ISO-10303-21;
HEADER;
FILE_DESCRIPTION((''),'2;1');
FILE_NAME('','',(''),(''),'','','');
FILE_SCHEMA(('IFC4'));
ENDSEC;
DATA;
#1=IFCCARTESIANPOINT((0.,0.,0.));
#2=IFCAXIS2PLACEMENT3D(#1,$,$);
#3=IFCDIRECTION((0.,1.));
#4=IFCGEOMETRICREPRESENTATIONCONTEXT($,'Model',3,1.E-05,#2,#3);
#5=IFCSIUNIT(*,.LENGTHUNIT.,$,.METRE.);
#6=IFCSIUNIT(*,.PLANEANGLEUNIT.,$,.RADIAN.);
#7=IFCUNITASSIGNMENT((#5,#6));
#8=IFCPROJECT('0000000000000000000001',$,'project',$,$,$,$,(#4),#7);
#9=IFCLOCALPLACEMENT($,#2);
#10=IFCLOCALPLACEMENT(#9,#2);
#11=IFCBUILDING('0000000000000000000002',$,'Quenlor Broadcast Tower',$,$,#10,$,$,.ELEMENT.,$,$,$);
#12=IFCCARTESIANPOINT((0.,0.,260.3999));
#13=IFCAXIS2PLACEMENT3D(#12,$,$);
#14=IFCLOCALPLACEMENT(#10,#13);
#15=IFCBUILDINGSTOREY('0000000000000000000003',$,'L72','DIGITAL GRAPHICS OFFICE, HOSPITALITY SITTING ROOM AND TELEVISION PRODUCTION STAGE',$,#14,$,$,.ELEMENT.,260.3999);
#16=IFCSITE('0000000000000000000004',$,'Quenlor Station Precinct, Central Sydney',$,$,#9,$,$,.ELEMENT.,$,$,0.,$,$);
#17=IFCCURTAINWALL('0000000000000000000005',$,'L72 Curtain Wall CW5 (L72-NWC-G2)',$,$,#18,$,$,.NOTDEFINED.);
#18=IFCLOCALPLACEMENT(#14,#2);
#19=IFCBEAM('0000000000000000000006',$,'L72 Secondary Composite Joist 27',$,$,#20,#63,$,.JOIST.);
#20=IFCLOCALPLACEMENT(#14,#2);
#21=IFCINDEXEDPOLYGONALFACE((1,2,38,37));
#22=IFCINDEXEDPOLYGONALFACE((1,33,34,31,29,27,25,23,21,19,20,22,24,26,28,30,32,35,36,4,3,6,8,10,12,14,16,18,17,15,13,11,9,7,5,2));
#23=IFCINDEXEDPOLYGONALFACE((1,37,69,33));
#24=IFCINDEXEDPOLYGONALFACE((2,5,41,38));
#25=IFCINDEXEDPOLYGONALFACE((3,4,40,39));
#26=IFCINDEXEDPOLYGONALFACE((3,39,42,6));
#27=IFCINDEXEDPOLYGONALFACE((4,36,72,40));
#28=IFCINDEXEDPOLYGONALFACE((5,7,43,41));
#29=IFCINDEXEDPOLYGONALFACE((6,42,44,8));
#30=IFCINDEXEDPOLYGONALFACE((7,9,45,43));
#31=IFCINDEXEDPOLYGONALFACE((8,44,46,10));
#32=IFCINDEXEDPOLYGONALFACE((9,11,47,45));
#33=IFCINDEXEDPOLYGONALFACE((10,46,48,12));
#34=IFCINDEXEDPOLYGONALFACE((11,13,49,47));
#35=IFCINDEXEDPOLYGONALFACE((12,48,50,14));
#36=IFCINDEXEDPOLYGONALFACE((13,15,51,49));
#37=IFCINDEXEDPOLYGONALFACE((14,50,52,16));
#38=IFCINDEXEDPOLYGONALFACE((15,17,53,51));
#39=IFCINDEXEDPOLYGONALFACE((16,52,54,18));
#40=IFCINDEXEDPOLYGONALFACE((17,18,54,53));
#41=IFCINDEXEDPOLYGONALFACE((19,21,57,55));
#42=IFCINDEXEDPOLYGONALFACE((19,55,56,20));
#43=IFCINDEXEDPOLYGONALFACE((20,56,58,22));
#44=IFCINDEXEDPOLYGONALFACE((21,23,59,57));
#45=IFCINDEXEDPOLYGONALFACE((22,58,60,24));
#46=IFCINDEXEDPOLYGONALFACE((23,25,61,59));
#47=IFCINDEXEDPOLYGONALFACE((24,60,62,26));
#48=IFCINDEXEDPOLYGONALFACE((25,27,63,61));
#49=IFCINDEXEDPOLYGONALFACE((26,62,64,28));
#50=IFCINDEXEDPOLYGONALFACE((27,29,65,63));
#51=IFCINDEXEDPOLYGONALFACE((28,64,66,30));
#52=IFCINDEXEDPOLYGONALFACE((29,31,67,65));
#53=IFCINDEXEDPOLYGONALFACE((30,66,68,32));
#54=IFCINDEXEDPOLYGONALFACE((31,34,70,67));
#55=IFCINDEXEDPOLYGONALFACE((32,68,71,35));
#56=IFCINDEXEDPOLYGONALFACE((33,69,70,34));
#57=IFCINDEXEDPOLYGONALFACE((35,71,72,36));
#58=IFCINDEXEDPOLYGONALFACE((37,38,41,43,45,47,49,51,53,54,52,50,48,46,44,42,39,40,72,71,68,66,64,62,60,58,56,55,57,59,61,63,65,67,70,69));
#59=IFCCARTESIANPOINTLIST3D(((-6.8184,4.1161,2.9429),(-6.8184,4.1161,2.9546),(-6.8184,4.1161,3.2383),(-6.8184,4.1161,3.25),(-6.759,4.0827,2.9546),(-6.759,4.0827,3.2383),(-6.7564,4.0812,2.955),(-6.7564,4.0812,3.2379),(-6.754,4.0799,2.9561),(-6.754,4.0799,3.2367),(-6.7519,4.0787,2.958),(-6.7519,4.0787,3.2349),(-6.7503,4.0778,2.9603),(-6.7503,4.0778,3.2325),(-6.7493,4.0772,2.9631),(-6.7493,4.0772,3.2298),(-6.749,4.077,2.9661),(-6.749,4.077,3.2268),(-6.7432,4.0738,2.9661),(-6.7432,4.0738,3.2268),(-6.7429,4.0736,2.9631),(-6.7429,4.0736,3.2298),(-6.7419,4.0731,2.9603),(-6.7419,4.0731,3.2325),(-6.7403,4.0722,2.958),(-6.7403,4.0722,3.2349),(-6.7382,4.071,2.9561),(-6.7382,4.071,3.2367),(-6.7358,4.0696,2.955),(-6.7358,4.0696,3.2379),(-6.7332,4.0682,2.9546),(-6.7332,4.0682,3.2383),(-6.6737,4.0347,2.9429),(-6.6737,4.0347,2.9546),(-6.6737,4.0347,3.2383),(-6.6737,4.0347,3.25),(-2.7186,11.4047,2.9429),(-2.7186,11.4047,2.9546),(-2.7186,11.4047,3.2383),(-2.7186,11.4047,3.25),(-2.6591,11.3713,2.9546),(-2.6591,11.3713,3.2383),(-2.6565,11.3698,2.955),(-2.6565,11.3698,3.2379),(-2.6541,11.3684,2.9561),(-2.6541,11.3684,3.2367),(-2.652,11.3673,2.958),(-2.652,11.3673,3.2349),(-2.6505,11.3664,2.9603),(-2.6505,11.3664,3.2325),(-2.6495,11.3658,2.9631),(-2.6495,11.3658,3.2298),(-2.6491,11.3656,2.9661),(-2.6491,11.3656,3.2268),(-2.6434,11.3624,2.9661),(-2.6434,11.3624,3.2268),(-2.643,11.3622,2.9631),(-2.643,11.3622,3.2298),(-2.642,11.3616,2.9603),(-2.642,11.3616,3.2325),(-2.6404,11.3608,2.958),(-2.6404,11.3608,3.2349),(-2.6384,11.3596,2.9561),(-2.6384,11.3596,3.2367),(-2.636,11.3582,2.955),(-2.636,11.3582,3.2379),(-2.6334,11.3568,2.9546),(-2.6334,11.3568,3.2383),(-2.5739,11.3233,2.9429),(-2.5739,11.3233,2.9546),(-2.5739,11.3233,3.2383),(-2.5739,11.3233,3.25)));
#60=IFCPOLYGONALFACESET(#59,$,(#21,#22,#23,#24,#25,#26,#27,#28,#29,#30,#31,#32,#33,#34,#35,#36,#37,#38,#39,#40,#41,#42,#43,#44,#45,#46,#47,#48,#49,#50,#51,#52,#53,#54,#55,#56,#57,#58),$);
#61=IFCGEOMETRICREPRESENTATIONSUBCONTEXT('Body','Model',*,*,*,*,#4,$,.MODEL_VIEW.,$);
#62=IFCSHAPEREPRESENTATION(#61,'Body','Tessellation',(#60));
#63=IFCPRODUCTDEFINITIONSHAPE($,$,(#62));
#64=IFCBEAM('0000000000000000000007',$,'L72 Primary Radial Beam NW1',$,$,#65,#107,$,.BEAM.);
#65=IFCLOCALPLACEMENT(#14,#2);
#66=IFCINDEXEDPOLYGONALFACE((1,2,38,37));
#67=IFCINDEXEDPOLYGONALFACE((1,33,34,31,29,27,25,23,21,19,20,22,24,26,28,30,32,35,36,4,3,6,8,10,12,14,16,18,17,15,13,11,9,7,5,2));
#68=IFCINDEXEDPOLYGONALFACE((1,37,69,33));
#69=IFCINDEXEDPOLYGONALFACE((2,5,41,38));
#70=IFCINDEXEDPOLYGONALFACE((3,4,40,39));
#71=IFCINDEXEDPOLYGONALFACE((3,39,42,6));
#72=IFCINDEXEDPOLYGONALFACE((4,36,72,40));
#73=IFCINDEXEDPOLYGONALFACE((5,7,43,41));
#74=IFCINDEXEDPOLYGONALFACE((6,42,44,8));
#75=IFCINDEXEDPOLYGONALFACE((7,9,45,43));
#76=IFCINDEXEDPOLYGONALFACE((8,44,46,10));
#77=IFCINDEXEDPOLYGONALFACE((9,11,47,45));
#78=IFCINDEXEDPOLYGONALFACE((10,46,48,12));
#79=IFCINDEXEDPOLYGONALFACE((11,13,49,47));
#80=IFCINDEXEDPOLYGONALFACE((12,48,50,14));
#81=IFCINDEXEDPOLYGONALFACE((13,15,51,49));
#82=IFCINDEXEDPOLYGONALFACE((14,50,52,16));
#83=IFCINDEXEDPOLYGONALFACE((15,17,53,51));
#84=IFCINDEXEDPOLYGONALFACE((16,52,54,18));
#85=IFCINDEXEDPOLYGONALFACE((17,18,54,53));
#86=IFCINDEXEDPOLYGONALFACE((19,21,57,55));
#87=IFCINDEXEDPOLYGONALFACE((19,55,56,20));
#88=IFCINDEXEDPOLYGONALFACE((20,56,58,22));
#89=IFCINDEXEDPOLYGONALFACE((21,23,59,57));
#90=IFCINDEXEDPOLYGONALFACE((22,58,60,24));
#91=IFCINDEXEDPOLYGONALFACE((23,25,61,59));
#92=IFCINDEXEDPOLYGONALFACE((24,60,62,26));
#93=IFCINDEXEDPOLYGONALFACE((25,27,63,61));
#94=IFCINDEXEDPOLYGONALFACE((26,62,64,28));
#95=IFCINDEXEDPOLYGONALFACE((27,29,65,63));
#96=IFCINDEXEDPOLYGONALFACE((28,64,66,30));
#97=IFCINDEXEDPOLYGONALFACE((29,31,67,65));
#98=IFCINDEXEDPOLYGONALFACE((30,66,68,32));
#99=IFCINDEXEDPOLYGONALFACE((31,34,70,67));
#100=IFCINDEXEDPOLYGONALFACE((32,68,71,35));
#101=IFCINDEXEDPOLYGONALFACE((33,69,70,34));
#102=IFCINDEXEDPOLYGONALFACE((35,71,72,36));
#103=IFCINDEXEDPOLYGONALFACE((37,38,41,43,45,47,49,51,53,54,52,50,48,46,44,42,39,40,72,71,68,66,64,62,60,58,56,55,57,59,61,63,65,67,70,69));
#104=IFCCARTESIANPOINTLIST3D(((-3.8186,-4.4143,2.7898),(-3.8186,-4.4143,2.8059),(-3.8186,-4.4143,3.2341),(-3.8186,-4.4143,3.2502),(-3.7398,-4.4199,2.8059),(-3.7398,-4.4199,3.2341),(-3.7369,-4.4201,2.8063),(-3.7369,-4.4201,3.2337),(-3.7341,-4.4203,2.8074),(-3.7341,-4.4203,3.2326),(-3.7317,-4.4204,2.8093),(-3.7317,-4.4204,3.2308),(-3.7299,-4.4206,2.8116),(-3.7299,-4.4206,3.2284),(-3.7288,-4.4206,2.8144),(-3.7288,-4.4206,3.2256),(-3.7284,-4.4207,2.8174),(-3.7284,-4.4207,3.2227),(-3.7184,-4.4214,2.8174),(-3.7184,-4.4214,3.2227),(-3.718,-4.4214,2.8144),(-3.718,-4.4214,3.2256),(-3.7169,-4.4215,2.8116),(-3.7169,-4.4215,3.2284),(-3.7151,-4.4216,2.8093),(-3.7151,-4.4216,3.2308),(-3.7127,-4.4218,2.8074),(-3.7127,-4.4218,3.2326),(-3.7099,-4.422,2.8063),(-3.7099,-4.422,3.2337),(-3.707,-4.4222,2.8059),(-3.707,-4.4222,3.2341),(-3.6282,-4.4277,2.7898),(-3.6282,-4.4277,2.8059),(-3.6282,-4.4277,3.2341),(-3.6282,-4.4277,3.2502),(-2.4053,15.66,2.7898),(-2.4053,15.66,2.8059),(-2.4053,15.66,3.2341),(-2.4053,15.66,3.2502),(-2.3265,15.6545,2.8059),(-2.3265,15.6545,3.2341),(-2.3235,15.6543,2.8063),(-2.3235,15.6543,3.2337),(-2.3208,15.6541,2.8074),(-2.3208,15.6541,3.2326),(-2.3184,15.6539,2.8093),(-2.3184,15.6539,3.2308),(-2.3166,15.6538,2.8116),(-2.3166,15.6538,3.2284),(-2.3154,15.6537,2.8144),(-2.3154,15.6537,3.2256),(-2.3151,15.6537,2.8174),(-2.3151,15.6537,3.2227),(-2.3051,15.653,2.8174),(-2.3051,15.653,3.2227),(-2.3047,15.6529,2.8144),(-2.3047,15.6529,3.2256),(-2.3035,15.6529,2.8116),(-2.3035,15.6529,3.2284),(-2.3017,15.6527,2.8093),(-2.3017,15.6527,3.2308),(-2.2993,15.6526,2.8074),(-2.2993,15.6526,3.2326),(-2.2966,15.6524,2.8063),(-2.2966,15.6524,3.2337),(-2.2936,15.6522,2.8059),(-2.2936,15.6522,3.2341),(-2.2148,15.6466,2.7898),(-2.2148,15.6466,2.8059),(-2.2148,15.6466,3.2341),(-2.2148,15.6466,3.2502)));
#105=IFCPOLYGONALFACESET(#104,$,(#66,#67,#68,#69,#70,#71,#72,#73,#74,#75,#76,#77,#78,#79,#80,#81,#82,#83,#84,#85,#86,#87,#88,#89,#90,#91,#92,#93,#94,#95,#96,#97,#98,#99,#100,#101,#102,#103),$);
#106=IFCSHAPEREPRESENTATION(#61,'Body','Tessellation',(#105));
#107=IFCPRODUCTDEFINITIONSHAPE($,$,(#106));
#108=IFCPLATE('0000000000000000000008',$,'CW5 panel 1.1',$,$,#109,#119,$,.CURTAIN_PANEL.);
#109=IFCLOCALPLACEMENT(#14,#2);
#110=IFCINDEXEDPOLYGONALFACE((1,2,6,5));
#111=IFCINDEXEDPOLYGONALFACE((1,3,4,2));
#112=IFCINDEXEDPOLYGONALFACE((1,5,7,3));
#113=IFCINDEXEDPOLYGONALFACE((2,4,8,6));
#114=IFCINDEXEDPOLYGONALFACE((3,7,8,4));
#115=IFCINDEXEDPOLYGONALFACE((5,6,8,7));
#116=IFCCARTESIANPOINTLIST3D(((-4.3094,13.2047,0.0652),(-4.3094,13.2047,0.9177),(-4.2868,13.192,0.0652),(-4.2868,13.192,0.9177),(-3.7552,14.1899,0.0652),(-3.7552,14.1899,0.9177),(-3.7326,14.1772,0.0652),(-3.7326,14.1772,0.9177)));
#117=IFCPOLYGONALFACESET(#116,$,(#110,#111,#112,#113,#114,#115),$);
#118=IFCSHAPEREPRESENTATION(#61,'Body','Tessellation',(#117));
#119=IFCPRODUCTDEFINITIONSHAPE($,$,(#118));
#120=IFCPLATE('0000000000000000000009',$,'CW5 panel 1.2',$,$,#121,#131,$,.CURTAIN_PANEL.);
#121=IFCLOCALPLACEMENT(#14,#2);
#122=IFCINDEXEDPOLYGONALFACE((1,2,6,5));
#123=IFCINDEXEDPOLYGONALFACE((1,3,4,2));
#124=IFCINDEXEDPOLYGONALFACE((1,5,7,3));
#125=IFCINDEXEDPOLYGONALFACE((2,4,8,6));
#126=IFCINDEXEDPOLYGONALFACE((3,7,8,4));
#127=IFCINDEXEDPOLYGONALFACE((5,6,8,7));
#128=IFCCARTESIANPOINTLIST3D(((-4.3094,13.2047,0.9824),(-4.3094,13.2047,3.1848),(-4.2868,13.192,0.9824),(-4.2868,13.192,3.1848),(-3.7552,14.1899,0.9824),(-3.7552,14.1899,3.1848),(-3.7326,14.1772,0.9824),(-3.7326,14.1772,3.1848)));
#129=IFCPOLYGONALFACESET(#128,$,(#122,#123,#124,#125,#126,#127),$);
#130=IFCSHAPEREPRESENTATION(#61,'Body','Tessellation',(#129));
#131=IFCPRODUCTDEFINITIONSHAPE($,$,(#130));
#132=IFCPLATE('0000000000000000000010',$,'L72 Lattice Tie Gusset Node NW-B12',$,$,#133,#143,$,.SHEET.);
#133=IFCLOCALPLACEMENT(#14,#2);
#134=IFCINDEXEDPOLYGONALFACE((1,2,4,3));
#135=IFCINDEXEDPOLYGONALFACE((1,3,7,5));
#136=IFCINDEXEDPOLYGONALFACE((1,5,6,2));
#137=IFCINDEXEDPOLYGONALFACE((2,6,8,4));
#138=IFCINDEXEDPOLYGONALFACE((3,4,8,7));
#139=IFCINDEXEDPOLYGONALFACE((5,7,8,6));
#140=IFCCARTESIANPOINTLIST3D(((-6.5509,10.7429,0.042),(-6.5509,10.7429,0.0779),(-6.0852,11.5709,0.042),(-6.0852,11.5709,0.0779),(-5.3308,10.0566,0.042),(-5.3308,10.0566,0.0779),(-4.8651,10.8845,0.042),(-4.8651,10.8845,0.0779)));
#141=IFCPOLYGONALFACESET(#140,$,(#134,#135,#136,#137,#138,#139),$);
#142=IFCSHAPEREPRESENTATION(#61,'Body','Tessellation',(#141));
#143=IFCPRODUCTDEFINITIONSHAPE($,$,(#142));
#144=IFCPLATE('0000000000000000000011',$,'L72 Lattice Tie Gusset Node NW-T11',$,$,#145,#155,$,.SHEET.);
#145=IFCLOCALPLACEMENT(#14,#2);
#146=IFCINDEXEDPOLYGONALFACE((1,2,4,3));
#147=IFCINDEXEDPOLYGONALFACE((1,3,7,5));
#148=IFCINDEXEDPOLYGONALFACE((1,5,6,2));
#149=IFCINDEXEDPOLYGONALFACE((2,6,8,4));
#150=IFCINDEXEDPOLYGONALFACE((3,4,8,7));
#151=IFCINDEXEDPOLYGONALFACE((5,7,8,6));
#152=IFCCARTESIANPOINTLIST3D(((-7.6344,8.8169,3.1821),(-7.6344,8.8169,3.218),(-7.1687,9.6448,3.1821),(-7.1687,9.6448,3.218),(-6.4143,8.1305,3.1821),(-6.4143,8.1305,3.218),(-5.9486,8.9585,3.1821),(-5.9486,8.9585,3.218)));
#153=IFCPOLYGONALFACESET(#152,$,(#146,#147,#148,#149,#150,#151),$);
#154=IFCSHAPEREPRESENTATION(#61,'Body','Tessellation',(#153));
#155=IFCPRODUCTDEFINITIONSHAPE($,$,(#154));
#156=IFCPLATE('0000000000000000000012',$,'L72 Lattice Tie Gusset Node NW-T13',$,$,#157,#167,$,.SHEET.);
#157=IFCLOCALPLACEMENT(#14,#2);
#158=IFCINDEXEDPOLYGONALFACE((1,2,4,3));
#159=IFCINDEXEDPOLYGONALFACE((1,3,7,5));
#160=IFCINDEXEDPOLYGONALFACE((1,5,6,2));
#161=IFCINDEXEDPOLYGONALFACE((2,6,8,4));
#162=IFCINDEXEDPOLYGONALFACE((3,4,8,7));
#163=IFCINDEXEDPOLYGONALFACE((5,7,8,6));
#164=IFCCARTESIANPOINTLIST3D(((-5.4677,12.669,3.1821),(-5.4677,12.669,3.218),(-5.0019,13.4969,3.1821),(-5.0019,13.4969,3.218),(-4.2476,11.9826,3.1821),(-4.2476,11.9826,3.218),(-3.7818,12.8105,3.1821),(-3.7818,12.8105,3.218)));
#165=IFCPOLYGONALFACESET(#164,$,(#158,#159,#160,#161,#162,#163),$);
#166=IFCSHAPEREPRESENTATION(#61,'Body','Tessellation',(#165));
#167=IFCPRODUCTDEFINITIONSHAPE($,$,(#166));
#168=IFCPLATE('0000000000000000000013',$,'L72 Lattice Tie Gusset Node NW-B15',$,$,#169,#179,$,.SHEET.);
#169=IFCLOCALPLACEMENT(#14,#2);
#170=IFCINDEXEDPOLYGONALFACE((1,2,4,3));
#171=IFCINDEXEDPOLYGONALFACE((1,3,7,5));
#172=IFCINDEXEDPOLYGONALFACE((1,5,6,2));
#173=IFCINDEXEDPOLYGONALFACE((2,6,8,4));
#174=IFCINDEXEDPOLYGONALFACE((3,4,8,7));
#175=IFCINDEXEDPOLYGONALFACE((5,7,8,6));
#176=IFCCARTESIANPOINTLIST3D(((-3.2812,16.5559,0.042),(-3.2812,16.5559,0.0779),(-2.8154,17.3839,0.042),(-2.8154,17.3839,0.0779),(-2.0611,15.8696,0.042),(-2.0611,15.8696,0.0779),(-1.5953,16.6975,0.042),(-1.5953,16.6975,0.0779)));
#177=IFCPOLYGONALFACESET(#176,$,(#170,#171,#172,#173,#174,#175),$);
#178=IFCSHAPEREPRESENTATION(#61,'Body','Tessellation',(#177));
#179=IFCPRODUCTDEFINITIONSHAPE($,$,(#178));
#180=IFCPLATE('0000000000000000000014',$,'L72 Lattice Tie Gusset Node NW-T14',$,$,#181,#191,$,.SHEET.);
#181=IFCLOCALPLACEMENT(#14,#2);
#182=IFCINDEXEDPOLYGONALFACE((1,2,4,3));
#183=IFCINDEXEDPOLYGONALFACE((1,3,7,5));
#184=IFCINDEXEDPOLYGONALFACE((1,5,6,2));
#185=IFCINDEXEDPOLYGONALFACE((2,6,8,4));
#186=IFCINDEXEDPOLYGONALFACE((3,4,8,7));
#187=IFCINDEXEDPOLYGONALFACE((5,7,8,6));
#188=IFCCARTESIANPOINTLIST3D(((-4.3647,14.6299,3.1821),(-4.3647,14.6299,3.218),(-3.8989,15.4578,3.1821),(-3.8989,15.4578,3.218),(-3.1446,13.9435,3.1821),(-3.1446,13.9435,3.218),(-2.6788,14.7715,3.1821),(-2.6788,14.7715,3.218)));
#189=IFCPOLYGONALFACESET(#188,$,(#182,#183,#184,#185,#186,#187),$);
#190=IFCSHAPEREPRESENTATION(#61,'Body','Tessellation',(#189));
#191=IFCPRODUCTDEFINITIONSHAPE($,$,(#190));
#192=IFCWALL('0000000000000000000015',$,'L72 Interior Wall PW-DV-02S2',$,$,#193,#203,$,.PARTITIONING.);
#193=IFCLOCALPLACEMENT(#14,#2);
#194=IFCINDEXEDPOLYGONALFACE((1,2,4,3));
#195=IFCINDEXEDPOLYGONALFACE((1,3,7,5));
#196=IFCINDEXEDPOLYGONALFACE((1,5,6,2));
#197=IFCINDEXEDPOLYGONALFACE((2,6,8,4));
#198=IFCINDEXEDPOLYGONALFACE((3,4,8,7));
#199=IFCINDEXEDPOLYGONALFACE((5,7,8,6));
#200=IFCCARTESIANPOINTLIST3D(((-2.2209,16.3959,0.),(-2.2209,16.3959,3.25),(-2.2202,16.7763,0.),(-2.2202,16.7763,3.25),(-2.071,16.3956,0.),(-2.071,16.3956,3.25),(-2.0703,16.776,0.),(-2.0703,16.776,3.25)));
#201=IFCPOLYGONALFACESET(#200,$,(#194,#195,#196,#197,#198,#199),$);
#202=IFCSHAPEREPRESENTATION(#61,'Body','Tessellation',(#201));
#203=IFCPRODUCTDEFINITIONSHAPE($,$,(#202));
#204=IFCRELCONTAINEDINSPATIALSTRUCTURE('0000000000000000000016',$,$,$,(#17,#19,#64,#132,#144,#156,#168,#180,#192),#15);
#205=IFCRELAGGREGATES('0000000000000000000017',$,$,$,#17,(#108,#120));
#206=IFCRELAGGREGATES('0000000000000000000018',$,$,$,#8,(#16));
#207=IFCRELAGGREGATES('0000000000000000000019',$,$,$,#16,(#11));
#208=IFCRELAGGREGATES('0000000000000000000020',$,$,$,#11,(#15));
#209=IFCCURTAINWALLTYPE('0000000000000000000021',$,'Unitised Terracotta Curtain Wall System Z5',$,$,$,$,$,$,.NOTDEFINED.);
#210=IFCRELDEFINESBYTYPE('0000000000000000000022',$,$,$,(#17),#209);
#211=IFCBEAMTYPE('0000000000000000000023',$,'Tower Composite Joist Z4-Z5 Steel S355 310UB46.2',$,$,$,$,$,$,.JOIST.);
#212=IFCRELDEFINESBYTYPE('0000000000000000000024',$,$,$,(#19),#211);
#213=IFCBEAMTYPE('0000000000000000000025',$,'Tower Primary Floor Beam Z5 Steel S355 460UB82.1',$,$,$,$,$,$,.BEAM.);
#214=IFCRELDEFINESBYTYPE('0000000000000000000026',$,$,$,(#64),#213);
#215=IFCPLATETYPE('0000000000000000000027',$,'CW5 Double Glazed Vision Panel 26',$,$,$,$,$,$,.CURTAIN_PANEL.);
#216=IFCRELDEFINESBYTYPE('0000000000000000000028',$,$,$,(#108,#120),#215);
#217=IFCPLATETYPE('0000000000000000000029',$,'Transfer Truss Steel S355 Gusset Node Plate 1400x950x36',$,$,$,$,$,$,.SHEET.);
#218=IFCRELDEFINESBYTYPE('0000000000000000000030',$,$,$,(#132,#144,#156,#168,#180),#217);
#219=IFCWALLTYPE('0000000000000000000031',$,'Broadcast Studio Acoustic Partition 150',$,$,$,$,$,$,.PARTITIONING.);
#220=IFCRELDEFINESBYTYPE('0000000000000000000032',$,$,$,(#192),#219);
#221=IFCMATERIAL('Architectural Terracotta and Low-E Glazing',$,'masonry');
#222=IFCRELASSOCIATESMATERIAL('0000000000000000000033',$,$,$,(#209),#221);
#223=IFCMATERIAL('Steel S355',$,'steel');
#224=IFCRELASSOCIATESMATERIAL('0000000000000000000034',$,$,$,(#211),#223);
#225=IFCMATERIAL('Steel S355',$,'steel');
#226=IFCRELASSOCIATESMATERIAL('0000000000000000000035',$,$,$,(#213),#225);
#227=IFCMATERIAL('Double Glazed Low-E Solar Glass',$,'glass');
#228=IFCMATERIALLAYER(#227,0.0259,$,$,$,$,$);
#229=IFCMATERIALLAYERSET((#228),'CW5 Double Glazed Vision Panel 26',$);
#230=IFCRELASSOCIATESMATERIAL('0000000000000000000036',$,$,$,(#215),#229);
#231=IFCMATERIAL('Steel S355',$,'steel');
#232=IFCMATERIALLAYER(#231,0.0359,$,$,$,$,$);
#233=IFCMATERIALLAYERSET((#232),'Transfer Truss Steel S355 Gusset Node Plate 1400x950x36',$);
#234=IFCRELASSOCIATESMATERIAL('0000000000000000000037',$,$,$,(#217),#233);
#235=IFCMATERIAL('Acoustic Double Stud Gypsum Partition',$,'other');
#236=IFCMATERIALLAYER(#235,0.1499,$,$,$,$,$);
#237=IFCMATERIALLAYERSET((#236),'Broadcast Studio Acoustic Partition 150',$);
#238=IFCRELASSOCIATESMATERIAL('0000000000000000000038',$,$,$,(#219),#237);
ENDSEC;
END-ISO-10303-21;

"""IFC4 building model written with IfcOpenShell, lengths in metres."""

from ifc_helpers import new_model, si_unit, direction, frame, frame_2d, origin, origin_2d, place, context, subcontext, project, spatial, rectangle, i_section, extrude, material, layer, layer_set, material_profile, profile_set, type_object, element, aggregate, save


model = new_model("IFC4")

# Units and contexts
model_context = context("Model", 3, precision=1e-05, world=origin(), true_north=direction((0.0, 1.0)))
body_context = subcontext(model_context, "Body", "Model", "MODEL_VIEW")
ifc_project = project(units=[si_unit("LENGTHUNIT", "METRE"), si_unit("PLANEANGLEUNIT", "RADIAN")], contexts=[model_context])

# Site, building, storey
site_placement = place(None, origin())
site = spatial("IfcSite", under=ifc_project, at=site_placement, Name="Quenlor Station Precinct, Central Sydney", CompositionType="ELEMENT", RefElevation=0.0)
building_placement = place(site_placement, origin())
building = spatial("IfcBuilding", under=site, at=building_placement, Name="Quenlor Broadcast Tower", CompositionType="ELEMENT")
storey_placement = place(building_placement, frame((0.0, 0.0, 260.3999)))
storey = spatial("IfcBuildingStorey", under=building, at=storey_placement, Name="L72", Description="DIGITAL GRAPHICS OFFICE, HOSPITALITY SITTING ROOM AND TELEVISION PRODUCTION STAGE", CompositionType="ELEMENT", Elevation=260.3999)

# Curtain wall
ifc_material_1 = material(Name="Architectural Terracotta and Low-E Glazing", Category="masonry")
curtain_wall_type = type_object("IfcCurtainWallType", Name="Unitised Terracotta Curtain Wall System Z5", PredefinedType="NOTDEFINED", material=ifc_material_1)
curtain_wall_placement = place(storey_placement, origin())
curtain_wall = element("IfcCurtainWall", 1, at=curtain_wall_placement, inside=storey, type_object=curtain_wall_type, Name="L72 Curtain Wall CW5 (L72-NWC-G2)", PredefinedType="NOTDEFINED")

# Beams
ifc_material_2 = material(Name="Steel S355", Category="steel")
ifc_material_profile_1 = material_profile(ifc_material_2, i_section(OverallWidth=0.166, OverallDepth=0.3071, WebThickness=0.0066, FlangeThickness=0.0117, FilletRadius=0.0115, at=origin_2d()))
ifc_profile_set_1 = profile_set([ifc_material_profile_1], Name="Steel S355 310UB46.2")
beam_type_1 = type_object("IfcBeamType", Name="Tower Composite Joist Z4-Z5 Steel S355 310UB46.2", PredefinedType="JOIST", material=ifc_profile_set_1)
beam_1_placement = place(storey_placement, frame((-2.6462, 11.364, 3.0964), z_axis=(-0.490264, -0.871574, 0.0), x_axis=(0.871574, -0.490264, 0.0)))
element("IfcBeam", 2, at=beam_1_placement, inside=storey, type_object=beam_type_1, Name="L72 Secondary Composite Joist 27", PredefinedType="JOIST", context=body_context, shape_type="SweptSolid", body=[
    extrude(i_section(OverallWidth=0.166, OverallDepth=0.3071, WebThickness=0.0066, FlangeThickness=0.0117, FilletRadius=0.0115, at=origin_2d()), origin(), (0.0, 0.0, 1.0), 8.3625),
])
ifc_material_3 = material(Name="Steel S355", Category="steel")
ifc_material_profile_2 = material_profile(ifc_material_3, i_section(OverallWidth=0.1909, OverallDepth=0.4604, WebThickness=0.01, FlangeThickness=0.0161, FilletRadius=0.0115, at=origin_2d()))
ifc_profile_set_2 = profile_set([ifc_material_profile_2], Name="Steel S355 460UB82.1")
beam_type_2 = type_object("IfcBeamType", Name="Tower Primary Floor Beam Z5 Steel S355 460UB82.1", PredefinedType="BEAM", material=ifc_profile_set_2)
beam_2_placement = place(storey_placement, frame((-2.3101, 15.6533, 3.02), z_axis=(-0.070231, -0.997531, 0.0), x_axis=(0.997531, -0.070231, 0.0)))
element("IfcBeam", 3, at=beam_2_placement, inside=storey, type_object=beam_type_2, Name="L72 Primary Radial Beam NW1", PredefinedType="BEAM", context=body_context, shape_type="SweptSolid", body=[
    extrude(i_section(OverallWidth=0.1909, OverallDepth=0.4604, WebThickness=0.01, FlangeThickness=0.0161, FilletRadius=0.0115, at=origin_2d()), origin(), (0.0, 0.0, 1.0), 20.124),
])

# Plates
ifc_material_4 = material(Name="Double Glazed Low-E Solar Glass", Category="glass")
ifc_layer_1 = layer(ifc_material_4, 0.0259)
ifc_layer_set_1 = layer_set([ifc_layer_1], Name="CW5 Double Glazed Vision Panel 26")
plate_type_1 = type_object("IfcPlateType", Name="CW5 Double Glazed Vision Panel 26", PredefinedType="CURTAIN_PANEL", material=ifc_layer_set_1)
plate_1_placement = place(storey_placement, frame((-4.021, 13.6909, 0.0652), z_axis=(0.0, 0.0, 1.0), x_axis=(0.490291, 0.871559, 0.0)))
plate_1 = element("IfcPlate", 4, at=plate_1_placement, type_object=plate_type_1, Name="CW5 panel 1.1", PredefinedType="CURTAIN_PANEL", context=body_context, shape_type="SweptSolid", body=[
    extrude(rectangle(XDim=1.1304, YDim=0.0259, at=origin_2d()), origin(), (0.0, 0.0, 1.0), 0.8525),
])
plate_2_placement = place(storey_placement, frame((-4.021, 13.6909, 0.9824), z_axis=(0.0, 0.0, 1.0), x_axis=(0.490291, 0.871559, 0.0)))
plate_2 = element("IfcPlate", 5, at=plate_2_placement, type_object=plate_type_1, Name="CW5 panel 1.2", PredefinedType="CURTAIN_PANEL", context=body_context, shape_type="SweptSolid", body=[
    extrude(rectangle(XDim=1.1304, YDim=0.0259, at=origin_2d()), origin(), (0.0, 0.0, 1.0), 2.2024),
])
aggregate(curtain_wall, [plate_1, plate_2])

# Plates
ifc_material_5 = material(Name="Steel S355", Category="steel")
ifc_layer_2 = layer(ifc_material_5, 0.0359)
ifc_layer_set_2 = layer_set([ifc_layer_2], Name="Transfer Truss Steel S355 Gusset Node Plate 1400x950x36")
plate_type_2 = type_object("IfcPlateType", Name="Transfer Truss Steel S355 Gusset Node Plate 1400x950x36", PredefinedType="SHEET", material=ifc_layer_set_2)
for number, where, z_axis, x_axis, name in (
    (6, (-5.708, 10.8137, 0.042), (0.0, 0.0, 1.0), (-0.871556, 0.490295, 0.0), "L72 Lattice Tie Gusset Node NW-B12"),
    (7, (-6.7915, 8.8877, 3.1821), (0.0, 0.0, 1.0), (-0.871556, 0.490295, 0.0), "L72 Lattice Tie Gusset Node NW-T11"),
    (8, (-4.6248, 12.7397, 3.1821), (0.0, 0.0, 1.0), (-0.871556, 0.490295, 0.0), "L72 Lattice Tie Gusset Node NW-T13"),
    (9, (-2.4382, 16.6267, 0.042), (0.0, 0.0, 1.0), (-0.871556, 0.490295, 0.0), "L72 Lattice Tie Gusset Node NW-B15"),
    (10, (-3.5217, 14.7007, 3.1821), (0.0, 0.0, 1.0), (-0.871556, 0.490295, 0.0), "L72 Lattice Tie Gusset Node NW-T14"),
):
    element("IfcPlate", number, at=place(storey_placement, frame(where, z_axis=z_axis, x_axis=x_axis)), inside=storey, type_object=plate_type_2, Name=name, PredefinedType="SHEET", context=body_context, shape_type="SweptSolid", body=[
        extrude(rectangle(XDim=1.3999, YDim=0.95, at=origin_2d()), origin(), (0.0, 0.0, 1.0), 0.0359),
    ])

# Wall
ifc_material_6 = material(Name="Acoustic Double Stud Gypsum Partition", Category="other")
ifc_layer_3 = layer(ifc_material_6, 0.1499)
ifc_layer_set_3 = layer_set([ifc_layer_3], Name="Broadcast Studio Acoustic Partition 150")
wall_type_1 = type_object("IfcWallType", Name="Broadcast Studio Acoustic Partition 150", PredefinedType="PARTITIONING", material=ifc_layer_set_3)
wall_1_placement = place(storey_placement, frame((-2.146, 16.3958, 0.0), z_axis=(0.0, 0.0, 1.0), x_axis=(0.001926, 0.999998, 0.0)))
element("IfcWall", 11, at=wall_1_placement, inside=storey, type_object=wall_type_1, Name="L72 Interior Wall PW-DV-02S2", PredefinedType="PARTITIONING", context=body_context, shape_type="SweptSolid", body=[
    extrude(rectangle(XDim=0.3804, YDim=0.1499, at=frame_2d((0.1902, 0.0))), origin(), (0.0, 0.0, 1.0), 3.25),
])

save(model, "model.ifc")
